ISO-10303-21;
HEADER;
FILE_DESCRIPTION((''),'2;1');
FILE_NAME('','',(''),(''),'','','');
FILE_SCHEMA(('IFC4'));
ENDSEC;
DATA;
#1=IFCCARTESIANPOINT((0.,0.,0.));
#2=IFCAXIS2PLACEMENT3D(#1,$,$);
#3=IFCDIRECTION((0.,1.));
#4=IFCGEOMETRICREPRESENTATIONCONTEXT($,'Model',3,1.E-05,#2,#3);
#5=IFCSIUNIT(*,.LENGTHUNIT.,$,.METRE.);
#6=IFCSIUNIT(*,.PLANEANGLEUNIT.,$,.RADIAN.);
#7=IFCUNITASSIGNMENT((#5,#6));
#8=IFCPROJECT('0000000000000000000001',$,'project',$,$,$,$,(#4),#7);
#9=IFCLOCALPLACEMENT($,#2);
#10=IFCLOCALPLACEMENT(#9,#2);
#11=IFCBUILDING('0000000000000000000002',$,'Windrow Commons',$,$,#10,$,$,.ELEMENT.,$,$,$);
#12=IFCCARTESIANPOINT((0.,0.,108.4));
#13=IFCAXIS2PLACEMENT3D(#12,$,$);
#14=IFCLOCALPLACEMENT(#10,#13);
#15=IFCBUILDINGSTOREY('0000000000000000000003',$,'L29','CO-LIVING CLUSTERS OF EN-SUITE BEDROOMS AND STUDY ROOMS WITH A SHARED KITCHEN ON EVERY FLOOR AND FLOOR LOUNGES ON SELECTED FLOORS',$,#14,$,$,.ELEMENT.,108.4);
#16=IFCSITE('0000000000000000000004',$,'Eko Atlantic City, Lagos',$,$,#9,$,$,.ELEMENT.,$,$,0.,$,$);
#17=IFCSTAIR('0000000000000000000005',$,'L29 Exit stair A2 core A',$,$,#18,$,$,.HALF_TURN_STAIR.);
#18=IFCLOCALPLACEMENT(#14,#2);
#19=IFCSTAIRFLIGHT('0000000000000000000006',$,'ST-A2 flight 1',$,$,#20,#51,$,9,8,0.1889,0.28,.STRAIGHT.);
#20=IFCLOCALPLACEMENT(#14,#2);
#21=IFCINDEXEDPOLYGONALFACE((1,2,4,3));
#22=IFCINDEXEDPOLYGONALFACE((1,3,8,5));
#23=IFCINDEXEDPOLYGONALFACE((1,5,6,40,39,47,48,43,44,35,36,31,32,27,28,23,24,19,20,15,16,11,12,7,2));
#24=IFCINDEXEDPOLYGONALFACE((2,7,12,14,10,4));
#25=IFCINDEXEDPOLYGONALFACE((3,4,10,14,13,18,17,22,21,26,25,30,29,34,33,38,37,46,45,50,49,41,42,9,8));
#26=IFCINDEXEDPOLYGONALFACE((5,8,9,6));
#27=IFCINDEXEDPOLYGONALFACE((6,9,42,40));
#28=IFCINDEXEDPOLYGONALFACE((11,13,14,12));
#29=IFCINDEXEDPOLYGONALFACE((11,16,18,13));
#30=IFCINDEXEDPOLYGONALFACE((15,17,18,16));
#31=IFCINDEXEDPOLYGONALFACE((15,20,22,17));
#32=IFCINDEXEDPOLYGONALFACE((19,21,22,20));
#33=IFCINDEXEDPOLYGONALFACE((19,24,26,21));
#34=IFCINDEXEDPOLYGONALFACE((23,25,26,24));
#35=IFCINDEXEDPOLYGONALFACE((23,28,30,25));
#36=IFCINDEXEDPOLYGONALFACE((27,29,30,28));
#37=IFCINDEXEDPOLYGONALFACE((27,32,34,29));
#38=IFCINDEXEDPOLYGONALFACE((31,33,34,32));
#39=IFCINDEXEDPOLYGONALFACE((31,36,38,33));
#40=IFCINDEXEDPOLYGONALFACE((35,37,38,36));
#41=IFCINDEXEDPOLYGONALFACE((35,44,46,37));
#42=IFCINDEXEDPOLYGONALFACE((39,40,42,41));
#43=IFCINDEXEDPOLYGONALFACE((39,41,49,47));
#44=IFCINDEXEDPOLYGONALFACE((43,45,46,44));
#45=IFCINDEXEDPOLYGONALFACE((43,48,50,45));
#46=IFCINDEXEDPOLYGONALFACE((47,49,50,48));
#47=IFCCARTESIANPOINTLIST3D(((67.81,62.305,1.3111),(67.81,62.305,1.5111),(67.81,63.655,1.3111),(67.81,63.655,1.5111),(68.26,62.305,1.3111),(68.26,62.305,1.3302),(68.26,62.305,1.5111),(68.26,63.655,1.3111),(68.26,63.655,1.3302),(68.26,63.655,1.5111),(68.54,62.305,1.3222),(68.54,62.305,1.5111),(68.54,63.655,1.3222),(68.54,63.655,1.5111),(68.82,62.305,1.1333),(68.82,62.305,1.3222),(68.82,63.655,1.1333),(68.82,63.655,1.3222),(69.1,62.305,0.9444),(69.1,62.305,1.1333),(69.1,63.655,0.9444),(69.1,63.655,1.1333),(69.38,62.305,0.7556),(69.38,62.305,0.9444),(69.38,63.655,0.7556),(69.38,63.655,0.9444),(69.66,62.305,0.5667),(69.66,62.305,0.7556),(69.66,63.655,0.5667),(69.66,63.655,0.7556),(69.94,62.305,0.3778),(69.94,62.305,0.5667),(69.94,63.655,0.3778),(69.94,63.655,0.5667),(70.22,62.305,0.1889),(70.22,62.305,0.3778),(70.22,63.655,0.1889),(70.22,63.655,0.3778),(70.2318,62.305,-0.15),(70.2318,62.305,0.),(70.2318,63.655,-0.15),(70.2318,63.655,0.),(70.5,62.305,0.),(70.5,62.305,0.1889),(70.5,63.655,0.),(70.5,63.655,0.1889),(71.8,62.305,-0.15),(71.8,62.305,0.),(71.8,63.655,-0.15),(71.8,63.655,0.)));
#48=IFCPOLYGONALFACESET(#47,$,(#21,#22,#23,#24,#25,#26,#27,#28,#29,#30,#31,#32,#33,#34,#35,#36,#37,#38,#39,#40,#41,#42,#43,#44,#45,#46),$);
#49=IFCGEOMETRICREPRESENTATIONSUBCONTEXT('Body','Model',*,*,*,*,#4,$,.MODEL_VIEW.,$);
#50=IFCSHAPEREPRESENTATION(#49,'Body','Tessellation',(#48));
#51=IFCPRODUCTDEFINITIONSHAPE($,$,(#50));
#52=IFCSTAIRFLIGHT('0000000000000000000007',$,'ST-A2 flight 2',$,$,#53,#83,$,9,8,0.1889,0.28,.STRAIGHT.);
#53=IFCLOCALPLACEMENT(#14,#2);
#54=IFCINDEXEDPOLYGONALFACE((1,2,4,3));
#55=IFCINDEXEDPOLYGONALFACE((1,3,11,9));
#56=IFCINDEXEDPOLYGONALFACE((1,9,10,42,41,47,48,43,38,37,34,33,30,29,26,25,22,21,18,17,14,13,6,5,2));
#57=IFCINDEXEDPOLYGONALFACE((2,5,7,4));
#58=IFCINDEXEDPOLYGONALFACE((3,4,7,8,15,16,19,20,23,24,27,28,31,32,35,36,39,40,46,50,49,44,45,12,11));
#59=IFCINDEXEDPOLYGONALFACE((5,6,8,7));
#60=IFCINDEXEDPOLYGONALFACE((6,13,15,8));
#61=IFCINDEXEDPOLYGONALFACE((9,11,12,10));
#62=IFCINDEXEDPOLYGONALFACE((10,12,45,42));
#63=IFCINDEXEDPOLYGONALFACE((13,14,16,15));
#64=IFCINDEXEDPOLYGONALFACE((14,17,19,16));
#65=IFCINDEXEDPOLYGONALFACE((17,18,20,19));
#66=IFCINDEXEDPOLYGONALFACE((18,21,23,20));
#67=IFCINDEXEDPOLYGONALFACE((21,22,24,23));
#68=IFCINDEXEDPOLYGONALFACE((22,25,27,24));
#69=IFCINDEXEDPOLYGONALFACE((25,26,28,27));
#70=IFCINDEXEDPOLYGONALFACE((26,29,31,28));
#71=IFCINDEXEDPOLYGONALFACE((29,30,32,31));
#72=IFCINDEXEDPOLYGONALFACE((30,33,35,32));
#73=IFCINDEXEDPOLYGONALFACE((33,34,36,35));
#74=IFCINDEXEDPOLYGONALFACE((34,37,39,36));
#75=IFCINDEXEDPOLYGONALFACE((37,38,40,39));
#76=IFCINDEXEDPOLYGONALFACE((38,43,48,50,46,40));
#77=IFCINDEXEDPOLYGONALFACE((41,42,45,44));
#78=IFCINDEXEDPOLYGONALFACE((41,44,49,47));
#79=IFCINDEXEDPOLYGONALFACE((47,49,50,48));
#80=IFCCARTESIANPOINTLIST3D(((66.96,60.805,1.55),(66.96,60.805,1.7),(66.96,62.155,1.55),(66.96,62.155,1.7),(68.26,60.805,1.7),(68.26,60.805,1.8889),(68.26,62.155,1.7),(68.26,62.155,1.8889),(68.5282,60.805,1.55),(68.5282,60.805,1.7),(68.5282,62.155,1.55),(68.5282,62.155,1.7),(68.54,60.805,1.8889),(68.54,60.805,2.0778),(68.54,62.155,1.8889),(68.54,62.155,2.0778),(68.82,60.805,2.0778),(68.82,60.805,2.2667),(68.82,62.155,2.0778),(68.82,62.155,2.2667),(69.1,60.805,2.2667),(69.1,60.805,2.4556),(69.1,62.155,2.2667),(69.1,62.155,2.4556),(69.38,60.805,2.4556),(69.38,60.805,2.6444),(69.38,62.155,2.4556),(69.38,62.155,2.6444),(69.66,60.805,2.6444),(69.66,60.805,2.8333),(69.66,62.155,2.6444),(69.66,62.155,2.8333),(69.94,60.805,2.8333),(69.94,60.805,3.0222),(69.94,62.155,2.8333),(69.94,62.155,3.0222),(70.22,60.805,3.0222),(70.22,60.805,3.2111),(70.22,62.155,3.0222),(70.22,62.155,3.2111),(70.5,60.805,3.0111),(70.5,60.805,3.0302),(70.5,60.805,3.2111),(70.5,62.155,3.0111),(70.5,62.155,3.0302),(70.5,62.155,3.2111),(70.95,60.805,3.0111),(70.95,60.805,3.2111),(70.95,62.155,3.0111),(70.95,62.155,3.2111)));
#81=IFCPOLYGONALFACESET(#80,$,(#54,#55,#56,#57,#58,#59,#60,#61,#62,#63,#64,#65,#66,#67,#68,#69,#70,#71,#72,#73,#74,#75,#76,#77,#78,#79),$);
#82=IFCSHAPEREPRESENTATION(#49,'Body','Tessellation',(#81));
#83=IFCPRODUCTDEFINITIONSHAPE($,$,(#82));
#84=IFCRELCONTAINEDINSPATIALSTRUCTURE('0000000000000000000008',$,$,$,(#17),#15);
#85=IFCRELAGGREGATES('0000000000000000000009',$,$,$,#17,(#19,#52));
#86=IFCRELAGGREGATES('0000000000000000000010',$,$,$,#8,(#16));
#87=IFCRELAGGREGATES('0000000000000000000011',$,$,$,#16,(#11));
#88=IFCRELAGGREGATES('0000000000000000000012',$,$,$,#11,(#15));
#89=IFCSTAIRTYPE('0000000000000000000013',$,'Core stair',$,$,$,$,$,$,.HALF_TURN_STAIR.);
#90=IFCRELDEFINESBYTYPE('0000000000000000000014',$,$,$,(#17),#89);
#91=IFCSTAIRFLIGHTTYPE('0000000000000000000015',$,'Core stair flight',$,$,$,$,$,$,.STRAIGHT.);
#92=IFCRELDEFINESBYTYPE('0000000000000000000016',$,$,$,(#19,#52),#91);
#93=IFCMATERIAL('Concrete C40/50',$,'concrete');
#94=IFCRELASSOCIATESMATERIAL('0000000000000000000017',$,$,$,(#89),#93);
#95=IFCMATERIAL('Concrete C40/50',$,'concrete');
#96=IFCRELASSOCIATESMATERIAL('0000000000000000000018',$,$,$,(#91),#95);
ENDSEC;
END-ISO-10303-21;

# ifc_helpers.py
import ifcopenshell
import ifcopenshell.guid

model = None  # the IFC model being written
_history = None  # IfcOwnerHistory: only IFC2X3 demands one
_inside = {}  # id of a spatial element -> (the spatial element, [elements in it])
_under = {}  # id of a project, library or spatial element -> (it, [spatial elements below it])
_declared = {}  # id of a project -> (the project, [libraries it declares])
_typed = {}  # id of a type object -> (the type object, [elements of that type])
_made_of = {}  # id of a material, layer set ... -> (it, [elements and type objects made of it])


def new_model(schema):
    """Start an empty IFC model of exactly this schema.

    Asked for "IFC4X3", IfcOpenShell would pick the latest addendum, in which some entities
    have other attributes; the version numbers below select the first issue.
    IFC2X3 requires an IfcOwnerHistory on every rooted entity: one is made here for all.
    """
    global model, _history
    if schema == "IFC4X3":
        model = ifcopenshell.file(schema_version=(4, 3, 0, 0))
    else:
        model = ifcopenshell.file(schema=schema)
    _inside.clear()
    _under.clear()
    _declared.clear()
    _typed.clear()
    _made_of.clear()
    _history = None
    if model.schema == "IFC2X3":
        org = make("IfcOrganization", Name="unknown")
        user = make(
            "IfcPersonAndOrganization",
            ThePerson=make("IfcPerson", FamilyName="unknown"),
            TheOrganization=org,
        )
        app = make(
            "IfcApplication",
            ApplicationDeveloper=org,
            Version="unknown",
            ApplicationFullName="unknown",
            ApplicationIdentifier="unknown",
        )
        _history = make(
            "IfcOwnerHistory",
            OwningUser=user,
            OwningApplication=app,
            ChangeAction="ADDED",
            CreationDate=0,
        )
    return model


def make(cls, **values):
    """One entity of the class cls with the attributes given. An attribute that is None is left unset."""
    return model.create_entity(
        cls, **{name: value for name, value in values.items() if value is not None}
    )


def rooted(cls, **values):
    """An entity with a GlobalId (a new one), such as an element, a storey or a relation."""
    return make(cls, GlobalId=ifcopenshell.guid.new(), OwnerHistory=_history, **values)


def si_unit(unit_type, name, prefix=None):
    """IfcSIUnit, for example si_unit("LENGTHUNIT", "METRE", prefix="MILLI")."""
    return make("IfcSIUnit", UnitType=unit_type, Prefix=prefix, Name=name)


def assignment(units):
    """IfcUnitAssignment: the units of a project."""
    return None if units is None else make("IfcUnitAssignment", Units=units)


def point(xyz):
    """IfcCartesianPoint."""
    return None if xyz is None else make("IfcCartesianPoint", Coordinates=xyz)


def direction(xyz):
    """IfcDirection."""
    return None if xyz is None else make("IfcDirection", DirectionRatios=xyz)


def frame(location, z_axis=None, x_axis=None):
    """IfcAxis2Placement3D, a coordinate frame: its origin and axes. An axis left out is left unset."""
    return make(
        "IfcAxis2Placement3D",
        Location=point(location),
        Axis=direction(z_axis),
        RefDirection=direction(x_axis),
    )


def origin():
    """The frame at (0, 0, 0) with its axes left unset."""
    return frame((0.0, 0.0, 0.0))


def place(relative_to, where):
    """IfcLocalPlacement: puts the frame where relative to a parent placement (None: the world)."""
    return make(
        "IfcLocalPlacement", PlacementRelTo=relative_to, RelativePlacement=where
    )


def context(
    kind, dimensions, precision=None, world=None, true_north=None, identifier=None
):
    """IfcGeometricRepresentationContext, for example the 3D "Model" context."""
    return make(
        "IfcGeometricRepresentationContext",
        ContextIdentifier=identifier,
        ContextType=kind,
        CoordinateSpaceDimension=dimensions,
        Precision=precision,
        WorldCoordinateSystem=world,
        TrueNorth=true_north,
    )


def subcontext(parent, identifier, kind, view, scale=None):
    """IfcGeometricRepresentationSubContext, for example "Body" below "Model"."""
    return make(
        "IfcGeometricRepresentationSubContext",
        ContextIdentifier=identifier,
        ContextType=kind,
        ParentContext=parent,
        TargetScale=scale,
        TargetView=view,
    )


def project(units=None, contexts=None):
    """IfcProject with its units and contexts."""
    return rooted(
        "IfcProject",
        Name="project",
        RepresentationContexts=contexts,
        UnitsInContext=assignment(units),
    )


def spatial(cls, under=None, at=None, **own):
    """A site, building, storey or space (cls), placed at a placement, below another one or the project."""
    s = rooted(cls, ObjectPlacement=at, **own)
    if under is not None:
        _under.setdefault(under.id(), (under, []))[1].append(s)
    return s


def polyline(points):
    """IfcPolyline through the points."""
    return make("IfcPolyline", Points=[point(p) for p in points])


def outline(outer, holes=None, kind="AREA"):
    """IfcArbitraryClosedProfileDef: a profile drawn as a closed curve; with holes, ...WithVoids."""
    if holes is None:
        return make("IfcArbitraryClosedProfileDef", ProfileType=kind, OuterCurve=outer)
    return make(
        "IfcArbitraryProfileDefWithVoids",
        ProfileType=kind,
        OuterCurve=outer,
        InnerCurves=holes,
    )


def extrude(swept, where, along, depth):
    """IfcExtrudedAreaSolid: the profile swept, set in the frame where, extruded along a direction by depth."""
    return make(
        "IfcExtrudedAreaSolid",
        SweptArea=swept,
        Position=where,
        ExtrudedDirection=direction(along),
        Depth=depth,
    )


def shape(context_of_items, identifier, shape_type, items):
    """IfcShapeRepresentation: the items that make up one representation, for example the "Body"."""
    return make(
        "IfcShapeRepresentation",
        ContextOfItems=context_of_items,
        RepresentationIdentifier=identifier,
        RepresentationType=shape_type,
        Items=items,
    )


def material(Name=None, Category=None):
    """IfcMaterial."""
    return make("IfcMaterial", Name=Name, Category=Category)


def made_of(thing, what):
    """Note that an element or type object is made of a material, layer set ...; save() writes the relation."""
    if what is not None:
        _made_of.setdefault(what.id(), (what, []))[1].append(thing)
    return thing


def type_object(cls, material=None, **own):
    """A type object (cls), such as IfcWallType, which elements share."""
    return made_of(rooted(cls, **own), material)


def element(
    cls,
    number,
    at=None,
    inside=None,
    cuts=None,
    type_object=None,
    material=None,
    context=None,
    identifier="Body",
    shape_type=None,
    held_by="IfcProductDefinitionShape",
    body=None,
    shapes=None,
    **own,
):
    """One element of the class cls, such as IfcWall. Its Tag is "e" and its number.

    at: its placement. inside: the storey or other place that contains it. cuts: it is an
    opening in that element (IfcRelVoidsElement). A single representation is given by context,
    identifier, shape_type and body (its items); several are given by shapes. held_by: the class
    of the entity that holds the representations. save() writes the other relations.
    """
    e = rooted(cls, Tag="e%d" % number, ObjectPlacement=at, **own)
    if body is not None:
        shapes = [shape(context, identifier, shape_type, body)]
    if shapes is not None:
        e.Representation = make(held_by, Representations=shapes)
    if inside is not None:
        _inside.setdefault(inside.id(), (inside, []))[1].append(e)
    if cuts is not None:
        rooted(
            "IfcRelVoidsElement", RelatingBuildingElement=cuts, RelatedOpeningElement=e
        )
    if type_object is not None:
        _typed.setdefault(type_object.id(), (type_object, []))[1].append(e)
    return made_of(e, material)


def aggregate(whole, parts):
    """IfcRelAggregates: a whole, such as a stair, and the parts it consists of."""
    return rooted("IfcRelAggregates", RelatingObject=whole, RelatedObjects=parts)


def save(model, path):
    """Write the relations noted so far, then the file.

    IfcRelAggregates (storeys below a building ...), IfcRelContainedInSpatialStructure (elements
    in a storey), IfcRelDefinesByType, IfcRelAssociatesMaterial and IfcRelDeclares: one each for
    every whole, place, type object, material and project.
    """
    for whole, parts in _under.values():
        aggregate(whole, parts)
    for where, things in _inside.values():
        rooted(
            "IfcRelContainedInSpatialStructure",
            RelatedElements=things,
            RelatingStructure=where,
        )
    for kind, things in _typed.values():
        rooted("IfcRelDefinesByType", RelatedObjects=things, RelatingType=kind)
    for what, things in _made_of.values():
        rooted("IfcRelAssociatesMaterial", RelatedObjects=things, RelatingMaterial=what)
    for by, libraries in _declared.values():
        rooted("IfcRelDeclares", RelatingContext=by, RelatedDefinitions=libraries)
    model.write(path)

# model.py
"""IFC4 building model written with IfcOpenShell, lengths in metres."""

from ifc_helpers import new_model, si_unit, direction, frame, origin, place, context, subcontext, project, spatial, polyline, outline, extrude, material, type_object, element, aggregate, save


model = new_model("IFC4")

# Units and contexts
model_context = context("Model", 3, precision=1e-05, world=origin(), true_north=direction((0.0, 1.0)))
body_context = subcontext(model_context, "Body", "Model", "MODEL_VIEW")
ifc_project = project(units=[si_unit("LENGTHUNIT", "METRE"), si_unit("PLANEANGLEUNIT", "RADIAN")], contexts=[model_context])

# Site, building, storey
site_placement = place(None, origin())
site = spatial("IfcSite", under=ifc_project, at=site_placement, Name="Eko Atlantic City, Lagos", CompositionType="ELEMENT", RefElevation=0.0)
building_placement = place(site_placement, origin())
building = spatial("IfcBuilding", under=site, at=building_placement, Name="Windrow Commons", CompositionType="ELEMENT")
storey_placement = place(building_placement, frame((0.0, 0.0, 108.4)))
storey = spatial("IfcBuildingStorey", under=building, at=storey_placement, Name="L29", Description="CO-LIVING CLUSTERS OF EN-SUITE BEDROOMS AND STUDY ROOMS WITH A SHARED KITCHEN ON EVERY FLOOR AND FLOOR LOUNGES ON SELECTED FLOORS", CompositionType="ELEMENT", Elevation=108.4)

# Shared definitions
ifc_material_1 = material(Name="Concrete C40/50", Category="concrete")
stair_type = type_object("IfcStairType", Name="Core stair", PredefinedType="HALF_TURN_STAIR", material=ifc_material_1)
placement = place(storey_placement, origin())
ifc_material_2 = material(Name="Concrete C40/50", Category="concrete")
stair_flight_type = type_object("IfcStairFlightType", Name="Core stair flight", PredefinedType="STRAIGHT", material=ifc_material_2)

# Stair, stair flights
stair_1 = element("IfcStair", 1, at=placement, inside=storey, type_object=stair_type, Name="L29 Exit stair A2 core A", PredefinedType="HALF_TURN_STAIR")
stair_flight_1_placement = place(storey_placement, frame((70.5, 62.98, 0.0), z_axis=(0.0, 0.0, 1.0), x_axis=(-1.0, 0.0, 0.0)))
stair_flight_1 = element("IfcStairFlight", 2, at=stair_flight_1_placement, type_object=stair_flight_type, Name="ST-A2 flight 1", NumberOfRisers=9, NumberOfTreads=8, PredefinedType="STRAIGHT", RiserHeight=0.1889, TreadLength=0.28, context=body_context, shape_type="SweptSolid", body=[
    extrude(outline(polyline([(-1.3, -0.15), (-1.3, 0.0), (0.0, 0.0), (0.0, 0.1889), (0.28, 0.1889), (0.28, 0.3778), (0.56, 0.3778), (0.56, 0.5667), (0.84, 0.5667), (0.84, 0.7556), (1.12, 0.7556), (1.12, 0.9444), (1.4, 0.9444), (1.4, 1.1333), (1.68, 1.1333), (1.68, 1.3222), (1.96, 1.3222), (1.96, 1.5111), (2.24, 1.5111), (2.69, 1.5111), (2.69, 1.3111), (2.24, 1.3111), (2.24, 1.3302), (0.2682, 0.0), (0.2682, -0.15), (-1.3, -0.15)])), frame((0.0, 0.675, 0.0), z_axis=(0.0, -1.0, 0.0), x_axis=(1.0, 0.0, 0.0)), (0.0, 0.0, 1.0), 1.35),
])
stair_flight_2_placement = place(storey_placement, frame((68.26, 61.48, 1.7), z_axis=(0.0, 0.0, 1.0), x_axis=(1.0, 0.0, 0.0)))
stair_flight_2 = element("IfcStairFlight", 3, at=stair_flight_2_placement, type_object=stair_flight_type, Name="ST-A2 flight 2", NumberOfRisers=9, NumberOfTreads=8, PredefinedType="STRAIGHT", RiserHeight=0.1889, TreadLength=0.28, context=body_context, shape_type="SweptSolid", body=[
    extrude(outline(polyline([(-1.3, -0.15), (-1.3, 0.0), (0.0, 0.0), (0.0, 0.1889), (0.28, 0.1889), (0.28, 0.3778), (0.56, 0.3778), (0.56, 0.5667), (0.84, 0.5667), (0.84, 0.7556), (1.12, 0.7556), (1.12, 0.9444), (1.4, 0.9444), (1.4, 1.1333), (1.68, 1.1333), (1.68, 1.3222), (1.96, 1.3222), (1.96, 1.5111), (2.24, 1.5111), (2.69, 1.5111), (2.69, 1.3111), (2.24, 1.3111), (2.24, 1.3302), (0.2682, 0.0), (0.2682, -0.15), (-1.3, -0.15)])), frame((0.0, 0.675, 0.0), z_axis=(0.0, -1.0, 0.0), x_axis=(1.0, 0.0, 0.0)), (0.0, 0.0, 1.0), 1.35),
])
aggregate(stair_1, [stair_flight_1, stair_flight_2])

save(model, "model.ifc")
